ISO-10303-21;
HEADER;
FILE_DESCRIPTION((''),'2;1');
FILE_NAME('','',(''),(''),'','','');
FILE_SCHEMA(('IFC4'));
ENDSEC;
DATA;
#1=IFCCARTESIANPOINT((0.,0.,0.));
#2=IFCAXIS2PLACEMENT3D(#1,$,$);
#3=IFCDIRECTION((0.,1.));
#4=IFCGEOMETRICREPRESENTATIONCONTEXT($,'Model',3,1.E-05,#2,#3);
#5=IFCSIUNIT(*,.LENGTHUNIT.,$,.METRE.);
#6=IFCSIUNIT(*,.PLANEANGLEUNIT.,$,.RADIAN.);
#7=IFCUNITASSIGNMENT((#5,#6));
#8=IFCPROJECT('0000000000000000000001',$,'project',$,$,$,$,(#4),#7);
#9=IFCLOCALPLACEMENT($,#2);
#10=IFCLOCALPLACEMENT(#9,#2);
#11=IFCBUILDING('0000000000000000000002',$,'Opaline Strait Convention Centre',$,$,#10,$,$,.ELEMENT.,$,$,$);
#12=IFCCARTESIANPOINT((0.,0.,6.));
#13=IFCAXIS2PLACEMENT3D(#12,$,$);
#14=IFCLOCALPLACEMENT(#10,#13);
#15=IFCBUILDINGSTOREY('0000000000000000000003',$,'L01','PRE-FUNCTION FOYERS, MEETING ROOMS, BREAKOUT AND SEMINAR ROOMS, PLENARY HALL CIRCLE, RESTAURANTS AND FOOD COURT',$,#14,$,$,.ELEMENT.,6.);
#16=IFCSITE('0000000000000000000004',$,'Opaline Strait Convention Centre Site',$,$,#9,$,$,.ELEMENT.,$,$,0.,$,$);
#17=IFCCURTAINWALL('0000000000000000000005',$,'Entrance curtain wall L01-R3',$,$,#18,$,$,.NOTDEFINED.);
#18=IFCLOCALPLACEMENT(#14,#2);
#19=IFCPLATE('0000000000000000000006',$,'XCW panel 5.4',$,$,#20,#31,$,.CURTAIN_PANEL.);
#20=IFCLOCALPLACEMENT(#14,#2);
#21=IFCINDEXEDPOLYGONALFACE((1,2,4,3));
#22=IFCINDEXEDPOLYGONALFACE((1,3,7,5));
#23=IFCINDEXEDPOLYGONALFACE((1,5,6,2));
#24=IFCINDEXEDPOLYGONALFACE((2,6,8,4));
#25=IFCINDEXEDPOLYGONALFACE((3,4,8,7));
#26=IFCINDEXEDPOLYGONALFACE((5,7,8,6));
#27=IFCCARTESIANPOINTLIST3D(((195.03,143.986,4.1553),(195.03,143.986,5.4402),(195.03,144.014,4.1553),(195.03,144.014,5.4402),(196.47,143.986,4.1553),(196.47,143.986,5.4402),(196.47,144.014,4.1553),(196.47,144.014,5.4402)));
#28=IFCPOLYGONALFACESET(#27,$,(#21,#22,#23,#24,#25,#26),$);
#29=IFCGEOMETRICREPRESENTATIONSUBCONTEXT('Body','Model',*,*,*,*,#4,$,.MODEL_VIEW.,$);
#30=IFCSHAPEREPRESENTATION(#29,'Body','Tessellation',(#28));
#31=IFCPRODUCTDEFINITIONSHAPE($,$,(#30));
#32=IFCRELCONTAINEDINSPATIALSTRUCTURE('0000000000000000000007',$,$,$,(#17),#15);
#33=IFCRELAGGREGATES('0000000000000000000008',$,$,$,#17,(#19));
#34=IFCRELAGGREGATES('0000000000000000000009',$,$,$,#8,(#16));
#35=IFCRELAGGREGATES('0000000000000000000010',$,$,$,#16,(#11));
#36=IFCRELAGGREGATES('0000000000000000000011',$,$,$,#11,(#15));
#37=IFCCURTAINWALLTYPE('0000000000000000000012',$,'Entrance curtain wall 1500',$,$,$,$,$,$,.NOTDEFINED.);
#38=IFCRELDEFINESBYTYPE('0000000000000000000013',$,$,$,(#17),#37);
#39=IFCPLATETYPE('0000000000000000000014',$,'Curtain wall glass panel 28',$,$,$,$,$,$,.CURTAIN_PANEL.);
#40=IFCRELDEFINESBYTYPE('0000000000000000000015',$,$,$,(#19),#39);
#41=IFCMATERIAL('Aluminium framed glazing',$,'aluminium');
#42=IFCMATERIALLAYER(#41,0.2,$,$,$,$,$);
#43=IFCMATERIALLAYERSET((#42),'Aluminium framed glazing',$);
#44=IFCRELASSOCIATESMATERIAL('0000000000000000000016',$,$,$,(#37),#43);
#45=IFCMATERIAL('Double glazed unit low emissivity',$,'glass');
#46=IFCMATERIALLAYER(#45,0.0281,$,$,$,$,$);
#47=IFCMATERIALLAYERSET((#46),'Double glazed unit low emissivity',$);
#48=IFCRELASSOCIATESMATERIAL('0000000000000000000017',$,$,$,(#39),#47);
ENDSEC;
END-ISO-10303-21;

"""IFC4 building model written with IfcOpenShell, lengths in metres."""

from ifc_helpers import new_model, si_unit, direction, frame, origin, origin_2d, place, context, subcontext, project, spatial, rectangle, extrude, material, layer, layer_set, type_object, element, aggregate, save


model = new_model("IFC4")

# Units and contexts
model_context = context("Model", 3, precision=1e-05, world=origin(), true_north=direction((0.0, 1.0)))
body_context = subcontext(model_context, "Body", "Model", "MODEL_VIEW")
ifc_project = project(units=[si_unit("LENGTHUNIT", "METRE"), si_unit("PLANEANGLEUNIT", "RADIAN")], contexts=[model_context])

# Site, building, storey
site_placement = place(None, origin())
site = spatial("IfcSite", under=ifc_project, at=site_placement, Name="Opaline Strait Convention Centre Site", CompositionType="ELEMENT", RefElevation=0.0)
building_placement = place(site_placement, origin())
building = spatial("IfcBuilding", under=site, at=building_placement, Name="Opaline Strait Convention Centre", CompositionType="ELEMENT")
storey_placement = place(building_placement, frame((0.0, 0.0, 6.0)))
storey = spatial("IfcBuildingStorey", under=building, at=storey_placement, Name="L01", Description="PRE-FUNCTION FOYERS, MEETING ROOMS, BREAKOUT AND SEMINAR ROOMS, PLENARY HALL CIRCLE, RESTAURANTS AND FOOD COURT", CompositionType="ELEMENT", Elevation=6.0)

# Curtain wall, plate
ifc_material_1 = material(Name="Aluminium framed glazing", Category="aluminium")
ifc_layer_1 = layer(ifc_material_1, 0.2)
ifc_layer_set_1 = layer_set([ifc_layer_1], Name="Aluminium framed glazing")
curtain_wall_type = type_object("IfcCurtainWallType", Name="Entrance curtain wall 1500", PredefinedType="NOTDEFINED", material=ifc_layer_set_1)
curtain_wall_placement = place(storey_placement, origin())
curtain_wall = element("IfcCurtainWall", 1, at=curtain_wall_placement, inside=storey, type_object=curtain_wall_type, Name="Entrance curtain wall L01-R3", PredefinedType="NOTDEFINED")
ifc_material_2 = material(Name="Double glazed unit low emissivity", Category="glass")
ifc_layer_2 = layer(ifc_material_2, 0.0281)
ifc_layer_set_2 = layer_set([ifc_layer_2], Name="Double glazed unit low emissivity")
plate_type = type_object("IfcPlateType", Name="Curtain wall glass panel 28", PredefinedType="CURTAIN_PANEL", material=ifc_layer_set_2)
plate_1_placement = place(storey_placement, frame((195.75, 144.0, 4.1553), z_axis=(0.0, 0.0, 1.0), x_axis=(1.0, 0.0, 0.0)))
plate_1 = element("IfcPlate", 2, at=plate_1_placement, type_object=plate_type, Name="XCW panel 5.4", PredefinedType="CURTAIN_PANEL", context=body_context, shape_type="SweptSolid", body=[
    extrude(rectangle(XDim=1.4399, YDim=0.0281, at=origin_2d()), origin(), (0.0, 0.0, 1.0), 1.2849),
])
aggregate(curtain_wall, [plate_1])

save(model, "model.ifc")
